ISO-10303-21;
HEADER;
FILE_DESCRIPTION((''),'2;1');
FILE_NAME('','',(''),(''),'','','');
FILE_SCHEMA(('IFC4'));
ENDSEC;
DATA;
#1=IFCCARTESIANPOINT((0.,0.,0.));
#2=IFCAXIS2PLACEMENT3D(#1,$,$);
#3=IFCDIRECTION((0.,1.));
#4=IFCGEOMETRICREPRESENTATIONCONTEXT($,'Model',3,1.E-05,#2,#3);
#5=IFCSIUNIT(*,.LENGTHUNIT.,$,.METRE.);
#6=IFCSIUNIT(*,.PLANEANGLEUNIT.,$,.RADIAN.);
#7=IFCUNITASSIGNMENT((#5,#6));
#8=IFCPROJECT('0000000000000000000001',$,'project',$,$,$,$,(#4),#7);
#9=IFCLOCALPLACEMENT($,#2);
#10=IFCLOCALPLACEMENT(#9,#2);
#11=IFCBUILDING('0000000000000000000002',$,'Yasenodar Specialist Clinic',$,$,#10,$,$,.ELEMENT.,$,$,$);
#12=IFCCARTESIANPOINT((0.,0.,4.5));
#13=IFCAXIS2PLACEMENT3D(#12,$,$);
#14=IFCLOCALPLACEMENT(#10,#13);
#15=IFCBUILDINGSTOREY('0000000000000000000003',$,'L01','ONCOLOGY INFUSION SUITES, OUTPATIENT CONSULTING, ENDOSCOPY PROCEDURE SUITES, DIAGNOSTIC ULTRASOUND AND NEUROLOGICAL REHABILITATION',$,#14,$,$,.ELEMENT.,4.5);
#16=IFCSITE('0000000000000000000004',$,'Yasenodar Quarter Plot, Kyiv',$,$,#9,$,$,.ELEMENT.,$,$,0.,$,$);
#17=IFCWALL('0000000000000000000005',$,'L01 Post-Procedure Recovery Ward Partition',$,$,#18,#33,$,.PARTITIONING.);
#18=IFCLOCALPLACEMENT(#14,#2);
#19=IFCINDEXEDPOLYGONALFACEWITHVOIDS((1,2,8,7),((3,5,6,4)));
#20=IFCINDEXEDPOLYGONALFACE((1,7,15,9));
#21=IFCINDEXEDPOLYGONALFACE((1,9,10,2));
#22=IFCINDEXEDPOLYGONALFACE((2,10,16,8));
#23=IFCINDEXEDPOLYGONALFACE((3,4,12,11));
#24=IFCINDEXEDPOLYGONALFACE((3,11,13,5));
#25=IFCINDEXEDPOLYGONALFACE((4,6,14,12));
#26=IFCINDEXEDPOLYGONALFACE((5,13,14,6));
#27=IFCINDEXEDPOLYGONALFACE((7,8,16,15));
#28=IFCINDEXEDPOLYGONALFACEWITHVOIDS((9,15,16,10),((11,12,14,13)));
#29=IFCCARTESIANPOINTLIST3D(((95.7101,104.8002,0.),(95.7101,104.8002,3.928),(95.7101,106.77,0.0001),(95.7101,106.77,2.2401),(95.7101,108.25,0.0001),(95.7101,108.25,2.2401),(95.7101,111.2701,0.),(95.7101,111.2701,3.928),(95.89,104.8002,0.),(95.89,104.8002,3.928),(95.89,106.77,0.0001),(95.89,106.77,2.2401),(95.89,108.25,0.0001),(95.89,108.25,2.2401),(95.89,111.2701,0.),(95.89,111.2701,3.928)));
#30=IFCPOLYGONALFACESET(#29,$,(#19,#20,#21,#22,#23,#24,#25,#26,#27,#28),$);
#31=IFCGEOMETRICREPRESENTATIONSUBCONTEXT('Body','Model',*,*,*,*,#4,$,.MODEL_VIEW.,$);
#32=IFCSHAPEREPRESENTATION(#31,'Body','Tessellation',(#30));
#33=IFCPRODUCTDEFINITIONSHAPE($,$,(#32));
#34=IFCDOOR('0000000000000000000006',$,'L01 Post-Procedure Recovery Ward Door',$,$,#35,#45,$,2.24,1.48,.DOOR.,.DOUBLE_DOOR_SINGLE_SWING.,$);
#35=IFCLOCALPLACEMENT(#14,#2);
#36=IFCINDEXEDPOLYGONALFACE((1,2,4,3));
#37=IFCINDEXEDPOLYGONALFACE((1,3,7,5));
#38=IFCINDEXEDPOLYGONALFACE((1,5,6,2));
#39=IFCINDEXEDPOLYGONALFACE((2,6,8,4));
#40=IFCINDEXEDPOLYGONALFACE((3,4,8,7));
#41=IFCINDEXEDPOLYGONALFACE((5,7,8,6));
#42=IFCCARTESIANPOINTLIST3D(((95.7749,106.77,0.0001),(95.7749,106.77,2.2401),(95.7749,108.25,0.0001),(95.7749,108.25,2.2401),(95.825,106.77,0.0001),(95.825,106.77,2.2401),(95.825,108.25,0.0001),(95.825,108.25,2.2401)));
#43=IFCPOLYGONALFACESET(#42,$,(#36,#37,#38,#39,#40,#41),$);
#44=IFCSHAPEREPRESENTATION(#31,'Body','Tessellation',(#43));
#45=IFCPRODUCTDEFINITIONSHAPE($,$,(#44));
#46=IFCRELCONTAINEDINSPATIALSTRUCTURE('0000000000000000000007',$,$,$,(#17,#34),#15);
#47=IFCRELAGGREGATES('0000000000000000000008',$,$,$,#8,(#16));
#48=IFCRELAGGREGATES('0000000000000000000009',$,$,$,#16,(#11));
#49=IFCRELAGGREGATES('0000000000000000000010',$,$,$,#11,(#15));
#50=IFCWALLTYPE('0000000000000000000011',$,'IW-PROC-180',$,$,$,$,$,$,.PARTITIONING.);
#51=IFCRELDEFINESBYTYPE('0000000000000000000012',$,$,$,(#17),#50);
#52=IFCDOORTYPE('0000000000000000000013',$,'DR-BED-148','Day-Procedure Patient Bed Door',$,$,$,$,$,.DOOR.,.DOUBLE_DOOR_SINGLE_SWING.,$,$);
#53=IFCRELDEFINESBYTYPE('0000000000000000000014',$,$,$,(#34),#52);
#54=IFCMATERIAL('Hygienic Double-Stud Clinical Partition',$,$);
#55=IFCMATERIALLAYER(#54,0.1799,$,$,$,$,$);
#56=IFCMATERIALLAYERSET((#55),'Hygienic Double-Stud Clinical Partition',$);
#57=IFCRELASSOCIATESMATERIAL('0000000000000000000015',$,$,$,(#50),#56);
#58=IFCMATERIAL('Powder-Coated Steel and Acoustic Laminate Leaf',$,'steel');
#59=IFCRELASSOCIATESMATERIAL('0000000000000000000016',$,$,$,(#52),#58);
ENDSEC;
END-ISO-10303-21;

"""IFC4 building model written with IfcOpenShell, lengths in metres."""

from ifc_helpers import new_model, si_unit, direction, frame, frame_2d, origin, place, context, subcontext, project, spatial, rectangle, extrude, material, layer, layer_set, type_object, element, fill, save


model = new_model("IFC4")

# Units and contexts
model_context = context("Model", 3, precision=1e-05, world=origin(), true_north=direction((0.0, 1.0)))
body_context = subcontext(model_context, "Body", "Model", "MODEL_VIEW")
ifc_project = project(units=[si_unit("LENGTHUNIT", "METRE"), si_unit("PLANEANGLEUNIT", "RADIAN")], contexts=[model_context])

# Site, building, storey
site_placement = place(None, origin())
site = spatial("IfcSite", under=ifc_project, at=site_placement, Name="Yasenodar Quarter Plot, Kyiv", CompositionType="ELEMENT", RefElevation=0.0)
building_placement = place(site_placement, origin())
building = spatial("IfcBuilding", under=site, at=building_placement, Name="Yasenodar Specialist Clinic", CompositionType="ELEMENT")
storey_placement = place(building_placement, frame((0.0, 0.0, 4.5)))
storey = spatial("IfcBuildingStorey", under=building, at=storey_placement, Name="L01", Description="ONCOLOGY INFUSION SUITES, OUTPATIENT CONSULTING, ENDOSCOPY PROCEDURE SUITES, DIAGNOSTIC ULTRASOUND AND NEUROLOGICAL REHABILITATION", CompositionType="ELEMENT", Elevation=4.5)

# Wall, opening, door
ifc_material_1 = material(Name="Hygienic Double-Stud Clinical Partition")
ifc_layer_1 = layer(ifc_material_1, 0.1799)
ifc_layer_set_1 = layer_set([ifc_layer_1], Name="Hygienic Double-Stud Clinical Partition")
wall_type = type_object("IfcWallType", Name="IW-PROC-180", PredefinedType="PARTITIONING", material=ifc_layer_set_1)
wall_placement = place(storey_placement, frame((95.8, 111.27, 0.0), z_axis=(0.0, 0.0, 1.0), x_axis=(0.0, -1.0, 0.0)))
wall = element("IfcWall", 1, at=wall_placement, inside=storey, type_object=wall_type, Name="L01 Post-Procedure Recovery Ward Partition", PredefinedType="PARTITIONING", context=body_context, shape_type="SweptSolid", body=[
    extrude(rectangle(XDim=6.47, YDim=0.1799, at=frame_2d((3.2349, 0.0))), origin(), (0.0, 0.0, 1.0), 3.928),
])
opening_placement = place(wall_placement, frame((3.02, 0.0, 0.0)))
opening = element("IfcOpeningElement", 2, at=opening_placement, cuts=wall, PredefinedType="OPENING", context=body_context, shape_type="SweptSolid", body=[
    extrude(rectangle(XDim=1.48, YDim=2.24, at=frame_2d((0.74, 1.1201))), frame((0.0, 0.1001, 0.0), z_axis=(0.0, -1.0, 0.0), x_axis=(1.0, 0.0, 0.0)), (0.0, 0.0, 1.0), 0.2),
])
ifc_material_2 = material(Name="Powder-Coated Steel and Acoustic Laminate Leaf", Category="steel")
door_type = type_object("IfcDoorType", Name="DR-BED-148", Description="Day-Procedure Patient Bed Door", OperationType="DOUBLE_DOOR_SINGLE_SWING", PredefinedType="DOOR", material=ifc_material_2)
door_placement = place(opening_placement, origin())
door = element("IfcDoor", 3, at=door_placement, inside=storey, type_object=door_type, Name="L01 Post-Procedure Recovery Ward Door", OperationType="DOUBLE_DOOR_SINGLE_SWING", OverallHeight=2.24, OverallWidth=1.48, PredefinedType="DOOR", context=body_context, shape_type="SweptSolid", body=[
    extrude(rectangle(XDim=1.48, YDim=2.24, at=frame_2d((0.74, 1.1201))), frame((0.0, 0.0249, 0.0), z_axis=(0.0, -1.0, 0.0), x_axis=(1.0, 0.0, 0.0)), (0.0, 0.0, 1.0), 0.05),
])
fill(opening, door)

save(model, "model.ifc")
